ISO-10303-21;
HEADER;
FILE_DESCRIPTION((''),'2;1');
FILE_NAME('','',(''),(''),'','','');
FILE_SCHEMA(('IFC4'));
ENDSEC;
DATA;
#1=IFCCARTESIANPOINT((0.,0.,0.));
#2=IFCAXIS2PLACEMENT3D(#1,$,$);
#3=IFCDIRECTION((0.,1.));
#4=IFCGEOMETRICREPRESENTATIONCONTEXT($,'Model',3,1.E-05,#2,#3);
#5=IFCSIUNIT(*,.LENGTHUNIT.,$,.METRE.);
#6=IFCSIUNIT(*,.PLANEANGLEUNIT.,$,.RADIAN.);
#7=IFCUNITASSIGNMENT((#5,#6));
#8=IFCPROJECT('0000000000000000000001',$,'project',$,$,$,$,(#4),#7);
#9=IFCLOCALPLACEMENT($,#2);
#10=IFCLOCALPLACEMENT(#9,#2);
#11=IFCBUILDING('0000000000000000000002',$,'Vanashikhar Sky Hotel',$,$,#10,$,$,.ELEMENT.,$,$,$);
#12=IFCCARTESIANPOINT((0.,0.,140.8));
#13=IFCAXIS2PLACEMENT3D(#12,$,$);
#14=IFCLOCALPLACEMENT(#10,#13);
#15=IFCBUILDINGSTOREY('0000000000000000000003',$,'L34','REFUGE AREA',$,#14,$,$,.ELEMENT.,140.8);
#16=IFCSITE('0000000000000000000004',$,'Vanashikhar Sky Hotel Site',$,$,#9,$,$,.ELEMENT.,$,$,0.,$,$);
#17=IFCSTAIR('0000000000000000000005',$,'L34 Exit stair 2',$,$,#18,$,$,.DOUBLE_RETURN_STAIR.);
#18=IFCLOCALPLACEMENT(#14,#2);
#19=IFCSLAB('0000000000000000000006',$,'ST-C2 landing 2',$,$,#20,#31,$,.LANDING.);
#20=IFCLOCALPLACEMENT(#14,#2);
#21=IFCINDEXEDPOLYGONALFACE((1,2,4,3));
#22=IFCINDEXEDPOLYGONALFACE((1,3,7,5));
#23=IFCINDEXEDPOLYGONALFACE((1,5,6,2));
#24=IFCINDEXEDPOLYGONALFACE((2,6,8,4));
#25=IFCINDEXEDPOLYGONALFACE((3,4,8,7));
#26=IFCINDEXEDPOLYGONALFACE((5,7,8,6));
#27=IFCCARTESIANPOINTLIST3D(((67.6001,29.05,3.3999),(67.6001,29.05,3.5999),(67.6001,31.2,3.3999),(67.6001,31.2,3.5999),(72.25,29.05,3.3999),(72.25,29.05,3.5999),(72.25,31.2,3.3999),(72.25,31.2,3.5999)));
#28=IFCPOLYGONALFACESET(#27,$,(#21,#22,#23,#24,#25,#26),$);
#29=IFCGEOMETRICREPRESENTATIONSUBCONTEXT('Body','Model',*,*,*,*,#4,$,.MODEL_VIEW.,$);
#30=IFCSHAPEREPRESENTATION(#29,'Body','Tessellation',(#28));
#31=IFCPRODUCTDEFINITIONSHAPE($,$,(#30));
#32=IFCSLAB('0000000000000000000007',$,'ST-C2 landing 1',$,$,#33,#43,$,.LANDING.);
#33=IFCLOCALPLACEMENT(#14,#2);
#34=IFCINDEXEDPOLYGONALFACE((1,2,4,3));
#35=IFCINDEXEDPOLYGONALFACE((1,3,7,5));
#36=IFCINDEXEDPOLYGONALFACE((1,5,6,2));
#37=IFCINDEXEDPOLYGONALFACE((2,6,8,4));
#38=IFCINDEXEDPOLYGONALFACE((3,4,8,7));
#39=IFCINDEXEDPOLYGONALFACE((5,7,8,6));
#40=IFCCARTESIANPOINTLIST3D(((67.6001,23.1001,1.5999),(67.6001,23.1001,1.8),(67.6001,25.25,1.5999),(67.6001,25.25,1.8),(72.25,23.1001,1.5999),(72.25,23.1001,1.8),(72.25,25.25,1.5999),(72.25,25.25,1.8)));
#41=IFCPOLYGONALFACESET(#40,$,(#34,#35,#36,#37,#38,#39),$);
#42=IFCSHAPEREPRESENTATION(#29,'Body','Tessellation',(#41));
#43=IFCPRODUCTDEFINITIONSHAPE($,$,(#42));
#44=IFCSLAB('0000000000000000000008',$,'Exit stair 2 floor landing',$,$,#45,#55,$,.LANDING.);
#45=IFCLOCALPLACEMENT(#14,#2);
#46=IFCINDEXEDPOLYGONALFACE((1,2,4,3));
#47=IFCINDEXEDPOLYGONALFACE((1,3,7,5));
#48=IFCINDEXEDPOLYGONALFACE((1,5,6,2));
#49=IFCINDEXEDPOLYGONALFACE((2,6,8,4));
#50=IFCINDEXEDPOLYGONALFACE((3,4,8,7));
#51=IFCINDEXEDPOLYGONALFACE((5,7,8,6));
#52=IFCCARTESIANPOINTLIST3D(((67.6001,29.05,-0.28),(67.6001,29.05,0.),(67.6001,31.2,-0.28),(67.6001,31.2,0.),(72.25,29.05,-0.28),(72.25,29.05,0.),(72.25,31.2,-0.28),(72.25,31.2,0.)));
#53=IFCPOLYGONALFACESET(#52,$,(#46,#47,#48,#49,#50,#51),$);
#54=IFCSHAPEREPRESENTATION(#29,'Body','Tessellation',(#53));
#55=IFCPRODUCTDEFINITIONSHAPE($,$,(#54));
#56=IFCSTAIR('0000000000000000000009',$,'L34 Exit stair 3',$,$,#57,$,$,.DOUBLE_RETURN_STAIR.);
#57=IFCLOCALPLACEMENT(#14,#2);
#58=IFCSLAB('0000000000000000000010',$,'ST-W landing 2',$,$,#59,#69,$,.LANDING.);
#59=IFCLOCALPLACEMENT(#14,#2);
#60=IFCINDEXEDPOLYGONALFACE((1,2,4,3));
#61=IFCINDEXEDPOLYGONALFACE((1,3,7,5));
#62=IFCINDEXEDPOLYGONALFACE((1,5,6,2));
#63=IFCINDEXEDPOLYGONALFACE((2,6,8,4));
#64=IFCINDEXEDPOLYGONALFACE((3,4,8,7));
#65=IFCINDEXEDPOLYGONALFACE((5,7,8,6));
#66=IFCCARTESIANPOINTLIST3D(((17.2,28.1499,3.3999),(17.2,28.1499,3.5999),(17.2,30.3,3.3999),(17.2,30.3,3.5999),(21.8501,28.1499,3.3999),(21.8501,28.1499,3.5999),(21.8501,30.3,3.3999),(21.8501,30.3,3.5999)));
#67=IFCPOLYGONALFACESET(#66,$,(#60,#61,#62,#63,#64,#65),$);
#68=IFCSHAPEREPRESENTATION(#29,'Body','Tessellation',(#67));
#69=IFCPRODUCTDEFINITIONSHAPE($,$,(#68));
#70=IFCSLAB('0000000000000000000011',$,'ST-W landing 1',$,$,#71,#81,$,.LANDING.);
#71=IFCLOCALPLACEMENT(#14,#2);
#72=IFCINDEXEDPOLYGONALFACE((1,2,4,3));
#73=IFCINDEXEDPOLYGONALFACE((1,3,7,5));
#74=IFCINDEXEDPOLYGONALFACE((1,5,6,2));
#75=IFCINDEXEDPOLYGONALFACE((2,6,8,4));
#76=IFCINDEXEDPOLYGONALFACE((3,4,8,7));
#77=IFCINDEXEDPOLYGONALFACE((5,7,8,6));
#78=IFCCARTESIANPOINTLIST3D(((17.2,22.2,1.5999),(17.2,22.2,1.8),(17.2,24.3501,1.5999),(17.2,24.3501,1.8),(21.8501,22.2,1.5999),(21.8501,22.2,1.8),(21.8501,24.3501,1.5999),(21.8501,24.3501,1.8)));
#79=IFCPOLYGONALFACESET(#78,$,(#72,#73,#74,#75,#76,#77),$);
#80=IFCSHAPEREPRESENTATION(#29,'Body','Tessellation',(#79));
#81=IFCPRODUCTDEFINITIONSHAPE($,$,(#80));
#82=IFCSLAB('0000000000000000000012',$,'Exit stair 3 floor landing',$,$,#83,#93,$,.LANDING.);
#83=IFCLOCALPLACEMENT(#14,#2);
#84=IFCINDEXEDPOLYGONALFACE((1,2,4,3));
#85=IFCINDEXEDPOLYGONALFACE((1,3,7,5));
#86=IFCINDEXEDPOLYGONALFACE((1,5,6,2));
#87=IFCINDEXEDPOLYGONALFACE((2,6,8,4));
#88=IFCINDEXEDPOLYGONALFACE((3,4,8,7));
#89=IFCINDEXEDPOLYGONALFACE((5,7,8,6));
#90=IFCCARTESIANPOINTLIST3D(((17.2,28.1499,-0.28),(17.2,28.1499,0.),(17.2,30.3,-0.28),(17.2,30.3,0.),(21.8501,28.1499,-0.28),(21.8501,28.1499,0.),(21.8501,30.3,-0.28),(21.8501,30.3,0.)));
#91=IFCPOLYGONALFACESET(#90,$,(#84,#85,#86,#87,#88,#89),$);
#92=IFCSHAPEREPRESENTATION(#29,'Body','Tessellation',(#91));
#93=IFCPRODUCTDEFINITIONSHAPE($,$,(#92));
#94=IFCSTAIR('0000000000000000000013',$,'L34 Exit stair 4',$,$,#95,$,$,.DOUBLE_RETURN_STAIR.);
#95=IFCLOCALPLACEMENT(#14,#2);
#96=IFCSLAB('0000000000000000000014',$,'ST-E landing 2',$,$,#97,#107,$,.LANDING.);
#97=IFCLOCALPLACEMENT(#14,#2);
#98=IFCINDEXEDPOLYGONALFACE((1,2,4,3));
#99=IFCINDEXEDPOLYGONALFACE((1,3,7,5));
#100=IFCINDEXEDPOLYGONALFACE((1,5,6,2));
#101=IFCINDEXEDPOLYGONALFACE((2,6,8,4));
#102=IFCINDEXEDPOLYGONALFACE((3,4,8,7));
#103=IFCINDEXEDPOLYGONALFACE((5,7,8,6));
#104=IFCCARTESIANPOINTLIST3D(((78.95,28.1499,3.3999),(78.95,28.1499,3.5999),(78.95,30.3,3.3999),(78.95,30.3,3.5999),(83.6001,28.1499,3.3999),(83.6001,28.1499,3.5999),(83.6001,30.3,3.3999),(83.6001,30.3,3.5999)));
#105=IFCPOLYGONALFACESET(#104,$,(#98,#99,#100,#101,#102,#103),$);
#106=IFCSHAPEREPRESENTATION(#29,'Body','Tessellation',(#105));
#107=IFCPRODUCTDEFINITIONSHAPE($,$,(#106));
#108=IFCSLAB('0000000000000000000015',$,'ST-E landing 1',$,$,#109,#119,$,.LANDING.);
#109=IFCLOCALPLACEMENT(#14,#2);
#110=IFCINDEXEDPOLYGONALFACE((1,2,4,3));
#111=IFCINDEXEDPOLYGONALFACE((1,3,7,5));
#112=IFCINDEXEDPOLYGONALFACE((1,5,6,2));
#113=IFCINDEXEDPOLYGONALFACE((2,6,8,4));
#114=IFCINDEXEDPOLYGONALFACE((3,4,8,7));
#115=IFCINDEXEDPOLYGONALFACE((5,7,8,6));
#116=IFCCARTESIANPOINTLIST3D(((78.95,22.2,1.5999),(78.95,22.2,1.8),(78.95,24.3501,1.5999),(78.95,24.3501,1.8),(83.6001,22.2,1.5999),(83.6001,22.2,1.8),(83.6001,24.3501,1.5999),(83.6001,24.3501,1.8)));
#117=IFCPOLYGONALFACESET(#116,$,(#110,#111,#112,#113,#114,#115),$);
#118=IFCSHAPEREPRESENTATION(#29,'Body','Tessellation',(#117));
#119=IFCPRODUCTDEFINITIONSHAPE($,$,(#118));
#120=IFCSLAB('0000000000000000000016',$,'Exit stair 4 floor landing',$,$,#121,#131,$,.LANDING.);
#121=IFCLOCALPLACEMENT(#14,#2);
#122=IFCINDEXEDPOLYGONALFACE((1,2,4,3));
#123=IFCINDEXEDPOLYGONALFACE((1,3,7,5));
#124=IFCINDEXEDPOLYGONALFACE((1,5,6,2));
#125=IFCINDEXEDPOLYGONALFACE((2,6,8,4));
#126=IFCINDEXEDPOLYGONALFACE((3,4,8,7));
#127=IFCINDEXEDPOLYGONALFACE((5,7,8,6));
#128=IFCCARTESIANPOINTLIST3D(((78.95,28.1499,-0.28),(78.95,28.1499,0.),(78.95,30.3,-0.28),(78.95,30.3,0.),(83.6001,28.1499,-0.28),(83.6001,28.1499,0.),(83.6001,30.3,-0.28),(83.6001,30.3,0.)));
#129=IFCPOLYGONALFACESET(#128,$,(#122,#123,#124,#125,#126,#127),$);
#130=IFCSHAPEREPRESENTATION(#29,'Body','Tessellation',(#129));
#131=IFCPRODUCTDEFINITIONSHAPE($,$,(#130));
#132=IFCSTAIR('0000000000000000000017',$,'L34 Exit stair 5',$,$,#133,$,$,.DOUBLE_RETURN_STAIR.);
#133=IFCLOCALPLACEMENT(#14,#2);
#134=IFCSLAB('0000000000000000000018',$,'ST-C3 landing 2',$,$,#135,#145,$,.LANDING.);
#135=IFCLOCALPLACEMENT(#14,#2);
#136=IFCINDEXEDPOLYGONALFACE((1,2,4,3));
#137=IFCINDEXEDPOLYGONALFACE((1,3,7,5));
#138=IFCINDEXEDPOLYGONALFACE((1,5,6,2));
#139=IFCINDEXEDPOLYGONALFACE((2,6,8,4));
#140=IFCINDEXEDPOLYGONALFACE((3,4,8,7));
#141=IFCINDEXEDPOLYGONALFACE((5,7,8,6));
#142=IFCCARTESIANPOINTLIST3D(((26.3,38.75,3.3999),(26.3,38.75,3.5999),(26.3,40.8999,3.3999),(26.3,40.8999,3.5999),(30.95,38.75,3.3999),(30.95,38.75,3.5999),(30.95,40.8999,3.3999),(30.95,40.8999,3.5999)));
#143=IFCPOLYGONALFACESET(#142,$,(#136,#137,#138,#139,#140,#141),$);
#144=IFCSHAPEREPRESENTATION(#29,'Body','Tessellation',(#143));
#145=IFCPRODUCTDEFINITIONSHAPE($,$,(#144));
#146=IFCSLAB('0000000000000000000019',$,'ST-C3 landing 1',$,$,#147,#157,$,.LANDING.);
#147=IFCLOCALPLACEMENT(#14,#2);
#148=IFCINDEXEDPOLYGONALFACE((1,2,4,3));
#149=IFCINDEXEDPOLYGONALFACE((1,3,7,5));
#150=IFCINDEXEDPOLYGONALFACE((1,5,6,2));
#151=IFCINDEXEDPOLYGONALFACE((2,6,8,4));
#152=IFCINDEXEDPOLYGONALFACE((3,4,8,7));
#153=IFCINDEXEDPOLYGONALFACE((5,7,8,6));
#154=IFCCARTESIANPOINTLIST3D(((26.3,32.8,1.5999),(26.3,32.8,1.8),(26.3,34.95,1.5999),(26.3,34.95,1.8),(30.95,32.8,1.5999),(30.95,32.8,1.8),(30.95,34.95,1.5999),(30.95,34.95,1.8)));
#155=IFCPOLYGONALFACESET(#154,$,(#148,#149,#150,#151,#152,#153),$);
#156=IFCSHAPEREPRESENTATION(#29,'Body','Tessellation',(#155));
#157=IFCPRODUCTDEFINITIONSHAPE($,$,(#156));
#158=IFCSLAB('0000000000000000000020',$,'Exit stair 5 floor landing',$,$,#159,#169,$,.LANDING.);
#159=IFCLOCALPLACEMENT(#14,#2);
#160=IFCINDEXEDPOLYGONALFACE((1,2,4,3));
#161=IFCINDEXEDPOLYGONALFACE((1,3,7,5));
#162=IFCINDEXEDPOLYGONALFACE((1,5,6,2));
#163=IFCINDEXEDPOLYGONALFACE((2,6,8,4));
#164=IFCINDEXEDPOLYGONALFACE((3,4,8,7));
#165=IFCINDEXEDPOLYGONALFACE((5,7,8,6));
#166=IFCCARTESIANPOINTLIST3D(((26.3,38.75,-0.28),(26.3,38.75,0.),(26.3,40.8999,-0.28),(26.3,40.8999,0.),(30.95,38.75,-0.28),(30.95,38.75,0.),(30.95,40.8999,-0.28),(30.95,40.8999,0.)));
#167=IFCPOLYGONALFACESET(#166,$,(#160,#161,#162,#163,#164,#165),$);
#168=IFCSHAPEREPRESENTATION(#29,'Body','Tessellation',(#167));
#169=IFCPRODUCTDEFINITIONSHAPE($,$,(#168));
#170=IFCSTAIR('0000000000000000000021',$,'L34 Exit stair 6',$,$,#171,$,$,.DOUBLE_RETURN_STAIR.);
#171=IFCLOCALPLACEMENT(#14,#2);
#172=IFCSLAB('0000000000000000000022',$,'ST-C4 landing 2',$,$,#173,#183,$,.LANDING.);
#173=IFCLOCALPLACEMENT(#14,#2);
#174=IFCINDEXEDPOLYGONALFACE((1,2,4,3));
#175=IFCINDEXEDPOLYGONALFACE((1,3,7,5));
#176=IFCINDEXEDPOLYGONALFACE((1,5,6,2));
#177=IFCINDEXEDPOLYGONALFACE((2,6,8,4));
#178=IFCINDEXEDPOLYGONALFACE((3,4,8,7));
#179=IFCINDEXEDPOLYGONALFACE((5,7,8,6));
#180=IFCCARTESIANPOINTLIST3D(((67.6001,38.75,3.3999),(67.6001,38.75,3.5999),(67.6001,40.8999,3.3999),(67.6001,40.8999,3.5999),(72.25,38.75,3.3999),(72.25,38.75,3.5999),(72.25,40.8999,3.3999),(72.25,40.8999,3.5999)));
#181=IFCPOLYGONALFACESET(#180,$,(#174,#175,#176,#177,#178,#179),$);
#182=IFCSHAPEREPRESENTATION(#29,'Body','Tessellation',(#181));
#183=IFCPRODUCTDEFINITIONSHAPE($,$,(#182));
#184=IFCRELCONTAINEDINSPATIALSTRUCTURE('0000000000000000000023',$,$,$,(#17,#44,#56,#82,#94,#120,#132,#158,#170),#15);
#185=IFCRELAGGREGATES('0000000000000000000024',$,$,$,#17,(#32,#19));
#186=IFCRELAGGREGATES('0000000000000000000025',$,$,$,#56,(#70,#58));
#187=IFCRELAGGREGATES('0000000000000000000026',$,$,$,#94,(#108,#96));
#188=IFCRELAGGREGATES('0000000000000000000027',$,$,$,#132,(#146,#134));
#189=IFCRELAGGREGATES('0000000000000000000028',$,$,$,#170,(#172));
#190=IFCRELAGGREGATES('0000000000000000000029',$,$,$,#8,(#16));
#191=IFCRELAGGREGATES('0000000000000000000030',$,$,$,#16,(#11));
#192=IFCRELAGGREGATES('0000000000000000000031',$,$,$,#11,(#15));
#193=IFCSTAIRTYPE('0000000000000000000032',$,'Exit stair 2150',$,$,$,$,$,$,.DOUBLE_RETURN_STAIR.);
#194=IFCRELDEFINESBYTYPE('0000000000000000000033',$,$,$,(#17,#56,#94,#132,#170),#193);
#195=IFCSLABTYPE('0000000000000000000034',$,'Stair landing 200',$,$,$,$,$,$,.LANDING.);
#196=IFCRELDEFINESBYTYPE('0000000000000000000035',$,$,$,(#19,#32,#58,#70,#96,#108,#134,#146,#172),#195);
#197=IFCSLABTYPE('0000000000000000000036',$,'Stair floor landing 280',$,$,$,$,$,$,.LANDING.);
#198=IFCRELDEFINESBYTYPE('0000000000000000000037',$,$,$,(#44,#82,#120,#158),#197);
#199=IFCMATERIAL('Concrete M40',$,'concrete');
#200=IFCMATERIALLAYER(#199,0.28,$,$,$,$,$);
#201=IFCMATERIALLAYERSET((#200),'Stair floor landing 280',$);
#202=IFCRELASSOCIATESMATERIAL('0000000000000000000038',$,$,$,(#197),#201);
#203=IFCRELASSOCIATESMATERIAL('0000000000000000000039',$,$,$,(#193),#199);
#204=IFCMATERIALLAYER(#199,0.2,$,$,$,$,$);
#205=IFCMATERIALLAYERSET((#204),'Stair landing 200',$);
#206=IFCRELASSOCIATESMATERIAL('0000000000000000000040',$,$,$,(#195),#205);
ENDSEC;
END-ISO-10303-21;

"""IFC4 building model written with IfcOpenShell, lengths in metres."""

from ifc_helpers import new_model, si_unit, direction, frame, origin, place, context, subcontext, project, spatial, polyline, outline, extrude, source, transform, mapped, material, layer, layer_set, type_object, element, aggregate, save


model = new_model("IFC4")

# Units and contexts
model_context = context("Model", 3, precision=1e-05, world=origin(), true_north=direction((0.0, 1.0)))
body_context = subcontext(model_context, "Body", "Model", "MODEL_VIEW")
ifc_project = project(units=[si_unit("LENGTHUNIT", "METRE"), si_unit("PLANEANGLEUNIT", "RADIAN")], contexts=[model_context])

# Site, building, storey
site_placement = place(None, origin())
site = spatial("IfcSite", under=ifc_project, at=site_placement, Name="Vanashikhar Sky Hotel Site", CompositionType="ELEMENT", RefElevation=0.0)
building_placement = place(site_placement, origin())
building = spatial("IfcBuilding", under=site, at=building_placement, Name="Vanashikhar Sky Hotel", CompositionType="ELEMENT")
storey_placement = place(building_placement, frame((0.0, 0.0, 140.8)))
storey = spatial("IfcBuildingStorey", under=building, at=storey_placement, Name="L34", Description="REFUGE AREA", CompositionType="ELEMENT", Elevation=140.8)

# Shared definitions
ifc_material_1 = material(Name="Concrete M40", Category="concrete")
ifc_layer_1 = layer(ifc_material_1, 0.28)
ifc_layer_set_1 = layer_set([ifc_layer_1], Name="Stair floor landing 280")
slab_type_1 = type_object("IfcSlabType", Name="Stair floor landing 280", PredefinedType="LANDING", material=ifc_layer_set_1)

# Shared definitions
stair_type = type_object("IfcStairType", Name="Exit stair 2150", PredefinedType="DOUBLE_RETURN_STAIR", material=ifc_material_1)
ifc_layer_2 = layer(ifc_material_1, 0.2)
ifc_layer_set_2 = layer_set([ifc_layer_2], Name="Stair landing 200")
slab_type_2 = type_object("IfcSlabType", Name="Stair landing 200", PredefinedType="LANDING", material=ifc_layer_set_2)

# Stair, slabs
stair_1_placement = place(storey_placement, origin())
stair_1 = element("IfcStair", 1, at=stair_1_placement, inside=storey, type_object=stair_type, Name="L34 Exit stair 2", PredefinedType="DOUBLE_RETURN_STAIR")
shared_shape_1 = source(origin(), body_context, "Body", "SweptSolid", [
    extrude(outline(polyline([(72.25, 29.05), (72.25, 31.2), (67.6001, 31.2), (67.6001, 29.05), (72.25, 29.05)])), origin(), (0.0, 0.0, 1.0), 0.2),
])
slab_1_placement = place(storey_placement, frame((0.0, 0.0, 3.3999)))
slab_1 = element("IfcSlab", 2, at=slab_1_placement, type_object=slab_type_2, Name="ST-C2 landing 2", PredefinedType="LANDING", context=body_context, shape_type="MappedRepresentation", body=[
    mapped(shared_shape_1, transform((0.0, 0.0, 0.0), scale=1.0)),
])
shared_shape_2 = source(origin(), body_context, "Body", "SweptSolid", [
    extrude(outline(polyline([(72.25, 23.1001), (72.25, 25.25), (67.6001, 25.25), (67.6001, 23.1001), (72.25, 23.1001)])), origin(), (0.0, 0.0, 1.0), 0.2002),
])
slab_2_placement = place(storey_placement, frame((0.0, 0.0, 1.5999)))
slab_2 = element("IfcSlab", 3, at=slab_2_placement, type_object=slab_type_2, Name="ST-C2 landing 1", PredefinedType="LANDING", context=body_context, shape_type="MappedRepresentation", body=[
    mapped(shared_shape_2, transform((0.0, 0.0, 0.0), scale=1.0)),
])
aggregate(stair_1, [slab_2, slab_1])

# Slab
shared_shape_3 = source(origin(), body_context, "Body", "SweptSolid", [
    extrude(outline(polyline([(72.25, 29.05), (72.25, 31.2), (67.6001, 31.2), (67.6001, 29.05), (72.25, 29.05)])), origin(), (0.0, 0.0, 1.0), 0.28),
])
slab_3_placement = place(storey_placement, frame((0.0, 0.0, -0.28)))
element("IfcSlab", 4, at=slab_3_placement, inside=storey, type_object=slab_type_1, Name="Exit stair 2 floor landing", PredefinedType="LANDING", context=body_context, shape_type="MappedRepresentation", body=[
    mapped(shared_shape_3, transform((0.0, 0.0, 0.0), scale=1.0)),
])

# Stair, slabs
stair_2_placement = place(storey_placement, origin())
stair_2 = element("IfcStair", 5, at=stair_2_placement, inside=storey, type_object=stair_type, Name="L34 Exit stair 3", PredefinedType="DOUBLE_RETURN_STAIR")
shared_shape_4 = source(origin(), body_context, "Body", "SweptSolid", [
    extrude(outline(polyline([(21.8501, 28.1499), (21.8501, 30.3), (17.2, 30.3), (17.2, 28.1499), (21.8501, 28.1499)])), origin(), (0.0, 0.0, 1.0), 0.2),
])
slab_4_placement = place(storey_placement, frame((0.0, 0.0, 3.3999)))
slab_4 = element("IfcSlab", 6, at=slab_4_placement, type_object=slab_type_2, Name="ST-W landing 2", PredefinedType="LANDING", context=body_context, shape_type="MappedRepresentation", body=[
    mapped(shared_shape_4, transform((0.0, 0.0, 0.0), scale=1.0)),
])
shared_shape_5 = source(origin(), body_context, "Body", "SweptSolid", [
    extrude(outline(polyline([(21.8501, 22.2), (21.8501, 24.3501), (17.2, 24.3501), (17.2, 22.2), (21.8501, 22.2)])), origin(), (0.0, 0.0, 1.0), 0.2002),
])
slab_5_placement = place(storey_placement, frame((0.0, 0.0, 1.5999)))
slab_5 = element("IfcSlab", 7, at=slab_5_placement, type_object=slab_type_2, Name="ST-W landing 1", PredefinedType="LANDING", context=body_context, shape_type="MappedRepresentation", body=[
    mapped(shared_shape_5, transform((0.0, 0.0, 0.0), scale=1.0)),
])
aggregate(stair_2, [slab_5, slab_4])

# Slab
shared_shape_6 = source(origin(), body_context, "Body", "SweptSolid", [
    extrude(outline(polyline([(21.8501, 28.1499), (21.8501, 30.3), (17.2, 30.3), (17.2, 28.1499), (21.8501, 28.1499)])), origin(), (0.0, 0.0, 1.0), 0.28),
])
slab_6_placement = place(storey_placement, frame((0.0, 0.0, -0.28)))
element("IfcSlab", 8, at=slab_6_placement, inside=storey, type_object=slab_type_1, Name="Exit stair 3 floor landing", PredefinedType="LANDING", context=body_context, shape_type="MappedRepresentation", body=[
    mapped(shared_shape_6, transform((0.0, 0.0, 0.0), scale=1.0)),
])

# Stair, slabs
stair_3_placement = place(storey_placement, origin())
stair_3 = element("IfcStair", 9, at=stair_3_placement, inside=storey, type_object=stair_type, Name="L34 Exit stair 4", PredefinedType="DOUBLE_RETURN_STAIR")
shared_shape_7 = source(origin(), body_context, "Body", "SweptSolid", [
    extrude(outline(polyline([(83.6001, 28.1499), (83.6001, 30.3), (78.95, 30.3), (78.95, 28.1499), (83.6001, 28.1499)])), origin(), (0.0, 0.0, 1.0), 0.2),
])
slab_7_placement = place(storey_placement, frame((0.0, 0.0, 3.3999)))
slab_7 = element("IfcSlab", 10, at=slab_7_placement, type_object=slab_type_2, Name="ST-E landing 2", PredefinedType="LANDING", context=body_context, shape_type="MappedRepresentation", body=[
    mapped(shared_shape_7, transform((0.0, 0.0, 0.0), scale=1.0)),
])
shared_shape_8 = source(origin(), body_context, "Body", "SweptSolid", [
    extrude(outline(polyline([(83.6001, 22.2), (83.6001, 24.3501), (78.95, 24.3501), (78.95, 22.2), (83.6001, 22.2)])), origin(), (0.0, 0.0, 1.0), 0.2002),
])
slab_8_placement = place(storey_placement, frame((0.0, 0.0, 1.5999)))
slab_8 = element("IfcSlab", 11, at=slab_8_placement, type_object=slab_type_2, Name="ST-E landing 1", PredefinedType="LANDING", context=body_context, shape_type="MappedRepresentation", body=[
    mapped(shared_shape_8, transform((0.0, 0.0, 0.0), scale=1.0)),
])
aggregate(stair_3, [slab_8, slab_7])

# Slab
shared_shape_9 = source(origin(), body_context, "Body", "SweptSolid", [
    extrude(outline(polyline([(83.6001, 28.1499), (83.6001, 30.3), (78.95, 30.3), (78.95, 28.1499), (83.6001, 28.1499)])), origin(), (0.0, 0.0, 1.0), 0.28),
])
slab_9_placement = place(storey_placement, frame((0.0, 0.0, -0.28)))
element("IfcSlab", 12, at=slab_9_placement, inside=storey, type_object=slab_type_1, Name="Exit stair 4 floor landing", PredefinedType="LANDING", context=body_context, shape_type="MappedRepresentation", body=[
    mapped(shared_shape_9, transform((0.0, 0.0, 0.0), scale=1.0)),
])

# Stair, slabs
stair_4_placement = place(storey_placement, origin())
stair_4 = element("IfcStair", 13, at=stair_4_placement, inside=storey, type_object=stair_type, Name="L34 Exit stair 5", PredefinedType="DOUBLE_RETURN_STAIR")
shared_shape_10 = source(origin(), body_context, "Body", "SweptSolid", [
    extrude(outline(polyline([(30.95, 38.75), (30.95, 40.8999), (26.3, 40.8999), (26.3, 38.75), (30.95, 38.75)])), origin(), (0.0, 0.0, 1.0), 0.2),
])
slab_10_placement = place(storey_placement, frame((0.0, 0.0, 3.3999)))
slab_10 = element("IfcSlab", 14, at=slab_10_placement, type_object=slab_type_2, Name="ST-C3 landing 2", PredefinedType="LANDING", context=body_context, shape_type="MappedRepresentation", body=[
    mapped(shared_shape_10, transform((0.0, 0.0, 0.0), scale=1.0)),
])
shared_shape_11 = source(origin(), body_context, "Body", "SweptSolid", [
    extrude(outline(polyline([(30.95, 32.8), (30.95, 34.95), (26.3, 34.95), (26.3, 32.8), (30.95, 32.8)])), origin(), (0.0, 0.0, 1.0), 0.2002),
])
slab_11_placement = place(storey_placement, frame((0.0, 0.0, 1.5999)))
slab_11 = element("IfcSlab", 15, at=slab_11_placement, type_object=slab_type_2, Name="ST-C3 landing 1", PredefinedType="LANDING", context=body_context, shape_type="MappedRepresentation", body=[
    mapped(shared_shape_11, transform((0.0, 0.0, 0.0), scale=1.0)),
])
aggregate(stair_4, [slab_11, slab_10])

# Slab
shared_shape_12 = source(origin(), body_context, "Body", "SweptSolid", [
    extrude(outline(polyline([(30.95, 38.75), (30.95, 40.8999), (26.3, 40.8999), (26.3, 38.75), (30.95, 38.75)])), origin(), (0.0, 0.0, 1.0), 0.28),
])
slab_12_placement = place(storey_placement, frame((0.0, 0.0, -0.28)))
element("IfcSlab", 16, at=slab_12_placement, inside=storey, type_object=slab_type_1, Name="Exit stair 5 floor landing", PredefinedType="LANDING", context=body_context, shape_type="MappedRepresentation", body=[
    mapped(shared_shape_12, transform((0.0, 0.0, 0.0), scale=1.0)),
])

# Stair, slab
stair_5_placement = place(storey_placement, origin())
stair_5 = element("IfcStair", 17, at=stair_5_placement, inside=storey, type_object=stair_type, Name="L34 Exit stair 6", PredefinedType="DOUBLE_RETURN_STAIR")
shared_shape_13 = source(origin(), body_context, "Body", "SweptSolid", [
    extrude(outline(polyline([(72.25, 38.75), (72.25, 40.8999), (67.6001, 40.8999), (67.6001, 38.75), (72.25, 38.75)])), origin(), (0.0, 0.0, 1.0), 0.2),
])
slab_13_placement = place(storey_placement, frame((0.0, 0.0, 3.3999)))
slab_13 = element("IfcSlab", 18, at=slab_13_placement, type_object=slab_type_2, Name="ST-C4 landing 2", PredefinedType="LANDING", context=body_context, shape_type="MappedRepresentation", body=[
    mapped(shared_shape_13, transform((0.0, 0.0, 0.0), scale=1.0)),
])
aggregate(stair_5, [slab_13])

save(model, "model.ifc")
